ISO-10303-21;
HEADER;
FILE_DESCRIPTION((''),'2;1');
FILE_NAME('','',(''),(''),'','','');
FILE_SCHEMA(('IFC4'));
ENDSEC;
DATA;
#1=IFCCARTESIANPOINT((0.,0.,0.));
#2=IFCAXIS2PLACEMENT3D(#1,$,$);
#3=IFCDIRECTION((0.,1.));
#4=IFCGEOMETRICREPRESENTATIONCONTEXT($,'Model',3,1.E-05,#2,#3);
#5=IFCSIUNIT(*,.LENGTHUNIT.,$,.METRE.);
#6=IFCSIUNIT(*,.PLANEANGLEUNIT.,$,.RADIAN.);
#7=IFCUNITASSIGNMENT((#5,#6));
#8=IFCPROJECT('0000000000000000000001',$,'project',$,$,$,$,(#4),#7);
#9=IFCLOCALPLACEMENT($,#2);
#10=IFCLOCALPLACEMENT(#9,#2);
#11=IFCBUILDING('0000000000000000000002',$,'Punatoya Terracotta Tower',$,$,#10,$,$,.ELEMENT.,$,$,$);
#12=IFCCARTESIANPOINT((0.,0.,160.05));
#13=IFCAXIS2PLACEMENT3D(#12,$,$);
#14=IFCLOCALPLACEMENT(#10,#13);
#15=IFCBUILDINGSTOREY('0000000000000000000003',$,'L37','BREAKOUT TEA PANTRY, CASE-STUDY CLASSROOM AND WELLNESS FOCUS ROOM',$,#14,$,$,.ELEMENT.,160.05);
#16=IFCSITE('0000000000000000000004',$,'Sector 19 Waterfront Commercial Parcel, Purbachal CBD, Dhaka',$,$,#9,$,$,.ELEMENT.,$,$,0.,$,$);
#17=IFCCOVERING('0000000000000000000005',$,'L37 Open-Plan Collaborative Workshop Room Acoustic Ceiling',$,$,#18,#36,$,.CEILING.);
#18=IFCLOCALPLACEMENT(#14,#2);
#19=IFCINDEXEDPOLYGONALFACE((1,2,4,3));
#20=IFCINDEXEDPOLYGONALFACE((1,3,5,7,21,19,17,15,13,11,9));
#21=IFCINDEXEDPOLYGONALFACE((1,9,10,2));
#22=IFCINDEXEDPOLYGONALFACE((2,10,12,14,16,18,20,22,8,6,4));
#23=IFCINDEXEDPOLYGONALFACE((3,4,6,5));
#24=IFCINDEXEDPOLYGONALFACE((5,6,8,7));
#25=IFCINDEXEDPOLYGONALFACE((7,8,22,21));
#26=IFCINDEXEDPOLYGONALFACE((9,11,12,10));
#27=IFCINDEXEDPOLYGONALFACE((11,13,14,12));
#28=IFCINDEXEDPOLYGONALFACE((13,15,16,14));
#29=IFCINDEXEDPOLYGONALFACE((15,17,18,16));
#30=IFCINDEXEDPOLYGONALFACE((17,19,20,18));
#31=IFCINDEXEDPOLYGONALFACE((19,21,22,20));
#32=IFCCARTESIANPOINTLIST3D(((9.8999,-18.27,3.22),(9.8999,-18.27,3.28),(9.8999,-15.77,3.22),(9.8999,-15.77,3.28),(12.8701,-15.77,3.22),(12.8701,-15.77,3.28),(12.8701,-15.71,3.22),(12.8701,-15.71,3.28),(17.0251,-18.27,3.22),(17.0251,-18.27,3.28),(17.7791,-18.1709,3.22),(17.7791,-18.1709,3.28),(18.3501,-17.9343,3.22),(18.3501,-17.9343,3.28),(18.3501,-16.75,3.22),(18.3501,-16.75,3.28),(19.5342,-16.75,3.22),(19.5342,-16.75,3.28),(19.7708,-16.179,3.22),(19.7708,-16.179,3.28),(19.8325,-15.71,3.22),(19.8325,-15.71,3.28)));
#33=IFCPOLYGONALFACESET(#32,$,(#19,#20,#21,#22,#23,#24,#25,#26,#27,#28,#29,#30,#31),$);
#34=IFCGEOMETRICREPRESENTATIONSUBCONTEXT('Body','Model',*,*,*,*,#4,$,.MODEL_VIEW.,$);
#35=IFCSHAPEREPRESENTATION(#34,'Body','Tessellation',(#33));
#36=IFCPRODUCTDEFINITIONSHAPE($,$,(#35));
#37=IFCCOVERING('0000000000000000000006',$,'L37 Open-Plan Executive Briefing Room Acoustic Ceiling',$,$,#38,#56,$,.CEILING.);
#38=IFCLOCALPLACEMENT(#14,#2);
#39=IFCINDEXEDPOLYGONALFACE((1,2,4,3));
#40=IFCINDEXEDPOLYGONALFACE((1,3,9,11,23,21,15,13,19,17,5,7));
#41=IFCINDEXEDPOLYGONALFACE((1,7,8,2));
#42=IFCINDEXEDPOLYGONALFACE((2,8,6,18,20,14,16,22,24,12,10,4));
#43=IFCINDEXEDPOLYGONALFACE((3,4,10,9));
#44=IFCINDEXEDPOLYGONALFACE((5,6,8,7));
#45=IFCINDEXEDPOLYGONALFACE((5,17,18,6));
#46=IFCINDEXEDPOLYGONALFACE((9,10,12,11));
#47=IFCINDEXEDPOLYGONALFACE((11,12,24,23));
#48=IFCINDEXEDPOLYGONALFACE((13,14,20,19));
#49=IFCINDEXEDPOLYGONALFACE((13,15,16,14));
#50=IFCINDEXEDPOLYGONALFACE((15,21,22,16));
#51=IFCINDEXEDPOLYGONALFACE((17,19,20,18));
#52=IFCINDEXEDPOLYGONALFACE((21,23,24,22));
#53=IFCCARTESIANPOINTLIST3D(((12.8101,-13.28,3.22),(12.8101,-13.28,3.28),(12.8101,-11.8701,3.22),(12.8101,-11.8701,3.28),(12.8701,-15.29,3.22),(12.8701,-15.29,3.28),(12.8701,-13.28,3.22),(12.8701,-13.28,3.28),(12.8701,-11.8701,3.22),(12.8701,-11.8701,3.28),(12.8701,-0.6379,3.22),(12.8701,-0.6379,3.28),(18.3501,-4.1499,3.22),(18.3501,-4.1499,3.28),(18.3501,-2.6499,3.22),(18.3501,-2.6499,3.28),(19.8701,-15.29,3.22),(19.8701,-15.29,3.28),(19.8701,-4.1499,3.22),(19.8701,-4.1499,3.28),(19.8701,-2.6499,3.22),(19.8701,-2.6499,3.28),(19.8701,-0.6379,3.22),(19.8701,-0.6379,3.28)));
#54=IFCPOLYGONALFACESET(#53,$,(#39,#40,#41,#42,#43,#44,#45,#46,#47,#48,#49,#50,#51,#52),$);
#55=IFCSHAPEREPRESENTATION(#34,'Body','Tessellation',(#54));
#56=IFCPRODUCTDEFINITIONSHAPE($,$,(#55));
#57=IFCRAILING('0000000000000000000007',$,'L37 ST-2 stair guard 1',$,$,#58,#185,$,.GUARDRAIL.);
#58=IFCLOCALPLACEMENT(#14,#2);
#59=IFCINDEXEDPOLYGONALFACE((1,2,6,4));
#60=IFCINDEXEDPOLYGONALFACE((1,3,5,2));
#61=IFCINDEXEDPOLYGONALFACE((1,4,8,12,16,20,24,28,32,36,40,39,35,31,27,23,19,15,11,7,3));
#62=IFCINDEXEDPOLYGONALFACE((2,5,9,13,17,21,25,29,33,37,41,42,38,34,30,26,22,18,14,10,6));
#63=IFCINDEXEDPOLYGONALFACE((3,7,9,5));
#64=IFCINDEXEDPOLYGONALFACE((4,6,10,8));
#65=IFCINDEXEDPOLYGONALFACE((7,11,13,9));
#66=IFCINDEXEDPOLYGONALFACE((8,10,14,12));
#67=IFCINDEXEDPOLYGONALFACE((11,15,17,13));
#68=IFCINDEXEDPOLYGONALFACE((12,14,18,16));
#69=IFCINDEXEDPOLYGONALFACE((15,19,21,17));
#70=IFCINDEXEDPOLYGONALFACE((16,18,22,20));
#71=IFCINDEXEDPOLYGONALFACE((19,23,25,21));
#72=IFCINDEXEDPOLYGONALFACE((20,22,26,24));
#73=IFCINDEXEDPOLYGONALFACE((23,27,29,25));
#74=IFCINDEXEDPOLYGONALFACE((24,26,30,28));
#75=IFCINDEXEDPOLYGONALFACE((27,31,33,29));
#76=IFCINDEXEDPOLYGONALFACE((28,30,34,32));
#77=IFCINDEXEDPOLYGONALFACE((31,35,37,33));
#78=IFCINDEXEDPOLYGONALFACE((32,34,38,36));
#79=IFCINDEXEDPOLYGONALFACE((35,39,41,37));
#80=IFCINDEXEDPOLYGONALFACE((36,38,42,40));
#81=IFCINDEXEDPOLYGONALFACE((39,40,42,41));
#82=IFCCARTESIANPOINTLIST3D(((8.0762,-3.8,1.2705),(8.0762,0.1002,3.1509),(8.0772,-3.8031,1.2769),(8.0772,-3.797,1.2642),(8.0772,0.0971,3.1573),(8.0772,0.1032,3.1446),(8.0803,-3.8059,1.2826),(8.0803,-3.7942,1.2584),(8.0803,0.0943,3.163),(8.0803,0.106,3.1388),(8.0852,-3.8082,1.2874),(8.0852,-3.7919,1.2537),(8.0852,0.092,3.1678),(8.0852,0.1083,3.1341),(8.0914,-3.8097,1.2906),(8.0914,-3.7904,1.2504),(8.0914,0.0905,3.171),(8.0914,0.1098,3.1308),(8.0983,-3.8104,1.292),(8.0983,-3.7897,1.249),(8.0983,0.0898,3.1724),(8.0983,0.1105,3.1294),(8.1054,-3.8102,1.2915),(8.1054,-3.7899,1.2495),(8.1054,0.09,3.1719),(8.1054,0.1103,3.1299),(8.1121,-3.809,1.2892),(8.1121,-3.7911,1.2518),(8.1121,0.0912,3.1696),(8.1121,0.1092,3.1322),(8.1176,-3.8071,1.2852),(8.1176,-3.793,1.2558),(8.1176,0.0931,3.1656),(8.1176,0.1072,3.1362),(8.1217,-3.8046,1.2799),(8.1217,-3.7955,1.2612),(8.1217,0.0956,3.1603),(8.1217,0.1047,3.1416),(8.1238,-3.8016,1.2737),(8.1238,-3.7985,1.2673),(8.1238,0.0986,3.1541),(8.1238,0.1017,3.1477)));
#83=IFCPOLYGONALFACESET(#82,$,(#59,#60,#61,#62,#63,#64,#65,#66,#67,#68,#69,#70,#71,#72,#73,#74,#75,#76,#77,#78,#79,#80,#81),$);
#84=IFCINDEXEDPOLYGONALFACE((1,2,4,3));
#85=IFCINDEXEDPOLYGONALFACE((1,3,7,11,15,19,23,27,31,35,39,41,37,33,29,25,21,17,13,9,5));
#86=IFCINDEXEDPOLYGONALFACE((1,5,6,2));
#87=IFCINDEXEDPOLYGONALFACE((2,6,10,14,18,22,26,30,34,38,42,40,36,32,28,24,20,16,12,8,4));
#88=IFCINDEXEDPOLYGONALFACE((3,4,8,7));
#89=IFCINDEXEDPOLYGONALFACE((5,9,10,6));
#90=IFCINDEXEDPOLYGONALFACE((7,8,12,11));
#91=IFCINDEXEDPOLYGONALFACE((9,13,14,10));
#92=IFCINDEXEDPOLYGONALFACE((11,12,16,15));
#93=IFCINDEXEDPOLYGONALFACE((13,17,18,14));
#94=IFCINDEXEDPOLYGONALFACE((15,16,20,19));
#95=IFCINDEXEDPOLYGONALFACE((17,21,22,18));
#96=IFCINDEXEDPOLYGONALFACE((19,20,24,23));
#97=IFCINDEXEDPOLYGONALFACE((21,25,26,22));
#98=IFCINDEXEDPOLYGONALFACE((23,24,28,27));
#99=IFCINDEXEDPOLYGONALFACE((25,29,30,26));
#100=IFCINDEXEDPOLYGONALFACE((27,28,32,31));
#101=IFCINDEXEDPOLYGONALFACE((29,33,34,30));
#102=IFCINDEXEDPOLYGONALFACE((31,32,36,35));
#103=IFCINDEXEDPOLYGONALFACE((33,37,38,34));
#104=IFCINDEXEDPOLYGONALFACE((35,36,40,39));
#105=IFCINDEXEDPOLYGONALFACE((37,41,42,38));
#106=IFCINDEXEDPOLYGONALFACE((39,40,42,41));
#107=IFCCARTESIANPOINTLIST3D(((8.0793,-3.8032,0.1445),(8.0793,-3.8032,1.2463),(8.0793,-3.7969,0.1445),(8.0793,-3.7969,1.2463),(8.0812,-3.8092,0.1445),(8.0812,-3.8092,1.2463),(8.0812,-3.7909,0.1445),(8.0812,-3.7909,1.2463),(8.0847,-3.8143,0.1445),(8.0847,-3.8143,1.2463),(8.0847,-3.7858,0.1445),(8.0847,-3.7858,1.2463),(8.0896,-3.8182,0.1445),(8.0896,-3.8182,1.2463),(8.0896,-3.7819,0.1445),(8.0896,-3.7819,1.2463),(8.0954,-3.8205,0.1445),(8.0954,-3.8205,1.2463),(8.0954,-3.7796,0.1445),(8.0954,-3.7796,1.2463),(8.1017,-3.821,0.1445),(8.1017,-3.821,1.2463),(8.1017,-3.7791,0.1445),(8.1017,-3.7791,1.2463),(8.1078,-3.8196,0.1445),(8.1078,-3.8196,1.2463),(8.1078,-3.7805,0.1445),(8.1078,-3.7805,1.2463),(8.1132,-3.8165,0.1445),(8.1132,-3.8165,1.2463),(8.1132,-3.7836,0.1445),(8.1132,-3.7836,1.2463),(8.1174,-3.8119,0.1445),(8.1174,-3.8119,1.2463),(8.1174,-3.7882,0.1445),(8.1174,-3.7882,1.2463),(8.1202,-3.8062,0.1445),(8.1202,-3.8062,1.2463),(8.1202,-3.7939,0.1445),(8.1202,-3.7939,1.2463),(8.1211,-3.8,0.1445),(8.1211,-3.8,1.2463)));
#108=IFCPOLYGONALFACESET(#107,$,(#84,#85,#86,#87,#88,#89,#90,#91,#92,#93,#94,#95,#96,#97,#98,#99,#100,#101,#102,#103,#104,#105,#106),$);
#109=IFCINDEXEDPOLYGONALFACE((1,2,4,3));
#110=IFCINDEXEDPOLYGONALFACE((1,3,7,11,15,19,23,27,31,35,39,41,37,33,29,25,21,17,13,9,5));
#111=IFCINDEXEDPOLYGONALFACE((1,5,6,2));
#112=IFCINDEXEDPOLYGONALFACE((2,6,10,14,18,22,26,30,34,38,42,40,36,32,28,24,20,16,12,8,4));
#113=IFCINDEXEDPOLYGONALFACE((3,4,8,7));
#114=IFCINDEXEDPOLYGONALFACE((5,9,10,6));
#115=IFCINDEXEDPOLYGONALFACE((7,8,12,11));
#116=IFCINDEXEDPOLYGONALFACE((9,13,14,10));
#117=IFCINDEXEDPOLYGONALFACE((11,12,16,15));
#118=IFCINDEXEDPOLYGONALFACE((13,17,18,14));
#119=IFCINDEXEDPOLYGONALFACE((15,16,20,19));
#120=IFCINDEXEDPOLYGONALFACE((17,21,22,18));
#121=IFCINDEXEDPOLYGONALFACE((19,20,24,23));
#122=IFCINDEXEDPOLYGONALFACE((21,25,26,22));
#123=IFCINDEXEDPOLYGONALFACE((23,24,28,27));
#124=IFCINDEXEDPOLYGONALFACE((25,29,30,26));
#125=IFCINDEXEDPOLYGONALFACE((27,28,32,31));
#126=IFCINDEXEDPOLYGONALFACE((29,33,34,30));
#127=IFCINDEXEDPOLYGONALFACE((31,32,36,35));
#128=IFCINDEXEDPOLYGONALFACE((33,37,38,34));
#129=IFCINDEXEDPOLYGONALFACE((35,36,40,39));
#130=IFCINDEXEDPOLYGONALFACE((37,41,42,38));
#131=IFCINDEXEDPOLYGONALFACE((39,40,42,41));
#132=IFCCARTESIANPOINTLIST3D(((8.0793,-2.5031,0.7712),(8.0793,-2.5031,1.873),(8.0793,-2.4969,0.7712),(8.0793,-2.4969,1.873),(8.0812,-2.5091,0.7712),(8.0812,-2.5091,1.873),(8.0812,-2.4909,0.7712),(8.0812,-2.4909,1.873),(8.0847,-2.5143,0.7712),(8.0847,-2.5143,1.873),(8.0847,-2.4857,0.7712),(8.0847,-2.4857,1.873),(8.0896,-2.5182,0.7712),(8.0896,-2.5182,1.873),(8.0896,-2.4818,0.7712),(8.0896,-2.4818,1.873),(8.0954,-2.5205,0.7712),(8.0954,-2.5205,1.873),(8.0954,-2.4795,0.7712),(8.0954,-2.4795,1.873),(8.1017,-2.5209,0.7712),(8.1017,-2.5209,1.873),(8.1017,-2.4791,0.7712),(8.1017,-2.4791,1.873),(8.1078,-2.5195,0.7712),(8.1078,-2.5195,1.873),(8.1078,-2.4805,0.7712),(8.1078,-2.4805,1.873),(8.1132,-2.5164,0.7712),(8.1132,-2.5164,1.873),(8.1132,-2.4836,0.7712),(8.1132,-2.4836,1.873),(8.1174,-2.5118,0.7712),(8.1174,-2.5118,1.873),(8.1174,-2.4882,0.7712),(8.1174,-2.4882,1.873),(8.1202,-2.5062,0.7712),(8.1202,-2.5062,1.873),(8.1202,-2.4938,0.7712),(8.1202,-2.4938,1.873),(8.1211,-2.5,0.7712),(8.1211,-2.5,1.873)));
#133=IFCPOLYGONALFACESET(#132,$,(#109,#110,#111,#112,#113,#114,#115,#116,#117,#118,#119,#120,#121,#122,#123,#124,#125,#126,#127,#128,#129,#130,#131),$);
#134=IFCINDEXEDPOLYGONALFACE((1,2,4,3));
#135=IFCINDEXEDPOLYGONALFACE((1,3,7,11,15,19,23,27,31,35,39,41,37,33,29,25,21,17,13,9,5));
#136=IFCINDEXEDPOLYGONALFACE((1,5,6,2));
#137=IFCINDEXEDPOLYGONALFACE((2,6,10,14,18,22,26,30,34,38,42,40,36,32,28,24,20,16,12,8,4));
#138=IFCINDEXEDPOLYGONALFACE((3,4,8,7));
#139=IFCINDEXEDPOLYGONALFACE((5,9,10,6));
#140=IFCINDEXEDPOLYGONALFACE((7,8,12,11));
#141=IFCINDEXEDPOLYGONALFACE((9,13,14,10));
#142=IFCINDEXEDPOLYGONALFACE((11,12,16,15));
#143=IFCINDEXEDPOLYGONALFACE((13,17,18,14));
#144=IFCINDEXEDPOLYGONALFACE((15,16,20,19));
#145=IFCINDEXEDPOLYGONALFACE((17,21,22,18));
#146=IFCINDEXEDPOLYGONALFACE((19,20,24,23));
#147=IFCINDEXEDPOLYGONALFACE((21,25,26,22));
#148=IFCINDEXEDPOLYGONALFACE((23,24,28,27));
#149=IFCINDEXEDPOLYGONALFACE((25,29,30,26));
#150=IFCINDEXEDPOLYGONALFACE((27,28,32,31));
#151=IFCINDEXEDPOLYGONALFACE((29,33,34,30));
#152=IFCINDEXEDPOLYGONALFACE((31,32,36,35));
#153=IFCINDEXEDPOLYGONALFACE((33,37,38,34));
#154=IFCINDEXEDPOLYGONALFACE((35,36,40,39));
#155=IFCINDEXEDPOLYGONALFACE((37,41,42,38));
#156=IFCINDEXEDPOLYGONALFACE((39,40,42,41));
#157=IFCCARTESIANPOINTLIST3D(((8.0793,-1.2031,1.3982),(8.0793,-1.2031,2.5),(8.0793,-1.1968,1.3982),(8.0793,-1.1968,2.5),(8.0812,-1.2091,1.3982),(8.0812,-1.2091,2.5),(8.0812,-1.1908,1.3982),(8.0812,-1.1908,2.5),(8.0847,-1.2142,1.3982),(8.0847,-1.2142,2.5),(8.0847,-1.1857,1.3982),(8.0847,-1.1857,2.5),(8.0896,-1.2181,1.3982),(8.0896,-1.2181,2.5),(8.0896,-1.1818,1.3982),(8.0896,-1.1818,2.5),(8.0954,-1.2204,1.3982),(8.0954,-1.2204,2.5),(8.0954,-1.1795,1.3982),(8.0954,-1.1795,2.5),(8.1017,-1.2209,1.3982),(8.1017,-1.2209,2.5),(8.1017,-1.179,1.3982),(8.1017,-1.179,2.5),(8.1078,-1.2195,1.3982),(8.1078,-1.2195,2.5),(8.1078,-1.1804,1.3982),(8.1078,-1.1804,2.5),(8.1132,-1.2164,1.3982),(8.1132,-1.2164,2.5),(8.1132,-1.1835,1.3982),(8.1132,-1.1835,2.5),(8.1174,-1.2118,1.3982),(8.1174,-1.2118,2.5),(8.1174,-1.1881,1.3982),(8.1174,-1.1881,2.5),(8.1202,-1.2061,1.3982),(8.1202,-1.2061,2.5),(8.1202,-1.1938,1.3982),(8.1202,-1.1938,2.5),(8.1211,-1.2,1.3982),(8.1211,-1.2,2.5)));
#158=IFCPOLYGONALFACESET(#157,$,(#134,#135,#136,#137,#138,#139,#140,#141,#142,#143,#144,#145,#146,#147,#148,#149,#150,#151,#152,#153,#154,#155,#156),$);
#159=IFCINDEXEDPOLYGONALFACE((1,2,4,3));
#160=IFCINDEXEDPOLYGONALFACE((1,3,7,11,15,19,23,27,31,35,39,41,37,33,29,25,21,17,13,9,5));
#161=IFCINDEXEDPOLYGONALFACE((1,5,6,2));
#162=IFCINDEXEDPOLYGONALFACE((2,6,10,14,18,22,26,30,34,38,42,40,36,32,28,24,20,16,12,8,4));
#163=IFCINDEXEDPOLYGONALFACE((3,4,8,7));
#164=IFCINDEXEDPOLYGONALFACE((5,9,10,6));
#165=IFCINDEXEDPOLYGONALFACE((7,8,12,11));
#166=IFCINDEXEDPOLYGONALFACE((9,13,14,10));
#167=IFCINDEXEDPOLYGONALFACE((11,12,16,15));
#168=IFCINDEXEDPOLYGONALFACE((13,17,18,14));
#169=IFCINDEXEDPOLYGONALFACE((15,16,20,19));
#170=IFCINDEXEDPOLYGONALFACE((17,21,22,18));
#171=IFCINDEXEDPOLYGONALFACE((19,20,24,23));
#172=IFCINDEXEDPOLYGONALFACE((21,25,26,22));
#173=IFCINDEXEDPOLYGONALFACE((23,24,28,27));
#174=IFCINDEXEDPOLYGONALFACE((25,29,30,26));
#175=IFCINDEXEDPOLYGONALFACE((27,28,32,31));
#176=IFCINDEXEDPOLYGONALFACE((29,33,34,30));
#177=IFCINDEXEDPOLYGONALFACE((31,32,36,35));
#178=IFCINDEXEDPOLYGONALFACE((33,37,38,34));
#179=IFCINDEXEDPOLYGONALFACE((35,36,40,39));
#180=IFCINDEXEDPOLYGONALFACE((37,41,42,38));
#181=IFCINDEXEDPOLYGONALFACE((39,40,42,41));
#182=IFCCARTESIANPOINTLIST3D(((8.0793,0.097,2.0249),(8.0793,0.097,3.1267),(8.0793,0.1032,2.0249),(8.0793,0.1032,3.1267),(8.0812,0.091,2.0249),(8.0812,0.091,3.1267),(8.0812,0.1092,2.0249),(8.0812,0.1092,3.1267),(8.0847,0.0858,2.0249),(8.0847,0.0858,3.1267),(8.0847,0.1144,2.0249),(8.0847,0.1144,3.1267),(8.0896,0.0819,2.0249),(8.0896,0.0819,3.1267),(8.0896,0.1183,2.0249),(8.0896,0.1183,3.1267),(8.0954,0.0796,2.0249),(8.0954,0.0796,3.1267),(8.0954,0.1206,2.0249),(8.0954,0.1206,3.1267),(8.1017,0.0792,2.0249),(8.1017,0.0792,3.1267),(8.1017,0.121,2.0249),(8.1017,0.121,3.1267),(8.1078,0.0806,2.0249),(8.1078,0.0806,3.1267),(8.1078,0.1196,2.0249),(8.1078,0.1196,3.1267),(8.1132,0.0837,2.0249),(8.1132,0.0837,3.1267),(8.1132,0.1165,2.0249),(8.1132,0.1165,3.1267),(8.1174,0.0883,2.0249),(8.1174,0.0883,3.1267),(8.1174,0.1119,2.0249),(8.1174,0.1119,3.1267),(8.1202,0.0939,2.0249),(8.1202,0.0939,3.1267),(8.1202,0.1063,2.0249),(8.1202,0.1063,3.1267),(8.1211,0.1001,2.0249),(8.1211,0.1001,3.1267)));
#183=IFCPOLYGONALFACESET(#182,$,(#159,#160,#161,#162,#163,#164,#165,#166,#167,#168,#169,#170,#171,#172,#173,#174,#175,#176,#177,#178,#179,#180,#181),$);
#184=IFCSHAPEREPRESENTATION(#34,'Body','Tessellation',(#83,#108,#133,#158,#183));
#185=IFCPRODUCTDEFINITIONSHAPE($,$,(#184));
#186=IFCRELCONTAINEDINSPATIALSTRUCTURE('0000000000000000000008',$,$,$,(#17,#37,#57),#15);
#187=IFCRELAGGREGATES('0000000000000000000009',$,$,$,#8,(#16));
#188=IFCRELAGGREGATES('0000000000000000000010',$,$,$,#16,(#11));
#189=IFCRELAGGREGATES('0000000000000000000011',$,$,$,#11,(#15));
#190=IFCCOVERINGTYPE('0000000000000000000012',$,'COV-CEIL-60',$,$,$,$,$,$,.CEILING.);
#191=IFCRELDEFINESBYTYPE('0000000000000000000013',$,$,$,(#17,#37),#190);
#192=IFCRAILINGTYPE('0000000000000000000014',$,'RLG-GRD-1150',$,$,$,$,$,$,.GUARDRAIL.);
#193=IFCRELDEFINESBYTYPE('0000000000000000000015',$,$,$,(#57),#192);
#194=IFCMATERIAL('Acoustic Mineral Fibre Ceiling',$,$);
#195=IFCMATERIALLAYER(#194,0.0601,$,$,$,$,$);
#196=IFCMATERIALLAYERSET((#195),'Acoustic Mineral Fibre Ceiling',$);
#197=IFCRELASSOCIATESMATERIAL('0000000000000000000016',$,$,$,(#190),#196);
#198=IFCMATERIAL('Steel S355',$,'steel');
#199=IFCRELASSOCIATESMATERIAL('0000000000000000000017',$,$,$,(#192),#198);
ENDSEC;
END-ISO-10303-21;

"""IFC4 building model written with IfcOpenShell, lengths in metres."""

from ifc_helpers import new_model, si_unit, direction, frame, origin, origin_2d, place, context, subcontext, project, spatial, polyline, circle, outline, extrude, material, layer, layer_set, type_object, element, save


model = new_model("IFC4")

# Units and contexts
model_context = context("Model", 3, precision=1e-05, world=origin(), true_north=direction((0.0, 1.0)))
body_context = subcontext(model_context, "Body", "Model", "MODEL_VIEW")
ifc_project = project(units=[si_unit("LENGTHUNIT", "METRE"), si_unit("PLANEANGLEUNIT", "RADIAN")], contexts=[model_context])

# Site, building, storey
site_placement = place(None, origin())
site = spatial("IfcSite", under=ifc_project, at=site_placement, Name="Sector 19 Waterfront Commercial Parcel, Purbachal CBD, Dhaka", CompositionType="ELEMENT", RefElevation=0.0)
building_placement = place(site_placement, origin())
building = spatial("IfcBuilding", under=site, at=building_placement, Name="Punatoya Terracotta Tower", CompositionType="ELEMENT")
storey_placement = place(building_placement, frame((0.0, 0.0, 160.05)))
storey = spatial("IfcBuildingStorey", under=building, at=storey_placement, Name="L37", Description="BREAKOUT TEA PANTRY, CASE-STUDY CLASSROOM AND WELLNESS FOCUS ROOM", CompositionType="ELEMENT", Elevation=160.05)

# Shared definitions
ifc_material_1 = material(Name="Steel S355", Category="steel")

# Coverings
ifc_material_2 = material(Name="Acoustic Mineral Fibre Ceiling")
ifc_layer_1 = layer(ifc_material_2, 0.0601)
ifc_layer_set_1 = layer_set([ifc_layer_1], Name="Acoustic Mineral Fibre Ceiling")
covering_type = type_object("IfcCoveringType", Name="COV-CEIL-60", PredefinedType="CEILING", material=ifc_layer_set_1)
covering_1_placement = place(storey_placement, frame((0.0, 0.0, 3.22)))
element("IfcCovering", 1, at=covering_1_placement, inside=storey, type_object=covering_type, Name="L37 Open-Plan Collaborative Workshop Room Acoustic Ceiling", PredefinedType="CEILING", context=body_context, shape_type="SweptSolid", body=[
    extrude(outline(polyline([(12.8701, -15.77), (9.8999, -15.77), (9.8999, -18.27), (17.0251, -18.27), (17.7791, -18.1709), (18.3501, -17.9343), (18.3501, -16.75), (19.5342, -16.75), (19.7708, -16.179), (19.8325, -15.71), (12.8701, -15.71), (12.8701, -15.77)])), origin(), (0.0, 0.0, 1.0), 0.0601),
])
covering_2_placement = place(storey_placement, frame((0.0, 0.0, 3.22)))
element("IfcCovering", 2, at=covering_2_placement, inside=storey, type_object=covering_type, Name="L37 Open-Plan Executive Briefing Room Acoustic Ceiling", PredefinedType="CEILING", context=body_context, shape_type="SweptSolid", body=[
    extrude(outline(polyline([(12.8101, -13.28), (12.8701, -13.28), (12.8701, -15.29), (19.8701, -15.29), (19.8701, -4.1499), (18.3501, -4.1499), (18.3501, -2.6499), (19.8701, -2.6499), (19.8701, -0.6379), (12.8701, -0.6379), (12.8701, -11.8701), (12.8101, -11.8701), (12.8101, -13.28)])), origin(), (0.0, 0.0, 1.0), 0.0601),
])

# Railing
railing_type_1 = type_object("IfcRailingType", Name="RLG-GRD-1150", PredefinedType="GUARDRAIL", material=ifc_material_1)
railing_1_placement = place(storey_placement, frame((8.1001, -3.8, 0.1445)))
element("IfcRailing", 3, at=railing_1_placement, inside=storey, type_object=railing_type_1, Name="L37 ST-2 stair guard 1", PredefinedType="GUARDRAIL", context=body_context, shape_type="SweptSolid", body=[
    extrude(circle(Radius=0.0239, at=origin_2d()), frame((0.0, 0.0, 1.126), z_axis=(0.0, 0.900774, 0.434289), x_axis=(-1.0, 0.0, 0.0)), (0.0, 0.0, 1.0), 4.3298),
    extrude(circle(Radius=0.021, at=origin_2d()), origin(), (0.0, 0.0, 1.0), 1.1018),
    extrude(circle(Radius=0.021, at=origin_2d()), frame((0.0, 1.3, 0.6267)), (0.0, 0.0, 1.0), 1.1018),
    extrude(circle(Radius=0.021, at=origin_2d()), frame((0.0, 2.6001, 1.2537)), (0.0, 0.0, 1.0), 1.1018),
    extrude(circle(Radius=0.021, at=origin_2d()), frame((0.0, 3.9001, 1.8804)), (0.0, 0.0, 1.0), 1.1018),
])

save(model, "model.ifc")
